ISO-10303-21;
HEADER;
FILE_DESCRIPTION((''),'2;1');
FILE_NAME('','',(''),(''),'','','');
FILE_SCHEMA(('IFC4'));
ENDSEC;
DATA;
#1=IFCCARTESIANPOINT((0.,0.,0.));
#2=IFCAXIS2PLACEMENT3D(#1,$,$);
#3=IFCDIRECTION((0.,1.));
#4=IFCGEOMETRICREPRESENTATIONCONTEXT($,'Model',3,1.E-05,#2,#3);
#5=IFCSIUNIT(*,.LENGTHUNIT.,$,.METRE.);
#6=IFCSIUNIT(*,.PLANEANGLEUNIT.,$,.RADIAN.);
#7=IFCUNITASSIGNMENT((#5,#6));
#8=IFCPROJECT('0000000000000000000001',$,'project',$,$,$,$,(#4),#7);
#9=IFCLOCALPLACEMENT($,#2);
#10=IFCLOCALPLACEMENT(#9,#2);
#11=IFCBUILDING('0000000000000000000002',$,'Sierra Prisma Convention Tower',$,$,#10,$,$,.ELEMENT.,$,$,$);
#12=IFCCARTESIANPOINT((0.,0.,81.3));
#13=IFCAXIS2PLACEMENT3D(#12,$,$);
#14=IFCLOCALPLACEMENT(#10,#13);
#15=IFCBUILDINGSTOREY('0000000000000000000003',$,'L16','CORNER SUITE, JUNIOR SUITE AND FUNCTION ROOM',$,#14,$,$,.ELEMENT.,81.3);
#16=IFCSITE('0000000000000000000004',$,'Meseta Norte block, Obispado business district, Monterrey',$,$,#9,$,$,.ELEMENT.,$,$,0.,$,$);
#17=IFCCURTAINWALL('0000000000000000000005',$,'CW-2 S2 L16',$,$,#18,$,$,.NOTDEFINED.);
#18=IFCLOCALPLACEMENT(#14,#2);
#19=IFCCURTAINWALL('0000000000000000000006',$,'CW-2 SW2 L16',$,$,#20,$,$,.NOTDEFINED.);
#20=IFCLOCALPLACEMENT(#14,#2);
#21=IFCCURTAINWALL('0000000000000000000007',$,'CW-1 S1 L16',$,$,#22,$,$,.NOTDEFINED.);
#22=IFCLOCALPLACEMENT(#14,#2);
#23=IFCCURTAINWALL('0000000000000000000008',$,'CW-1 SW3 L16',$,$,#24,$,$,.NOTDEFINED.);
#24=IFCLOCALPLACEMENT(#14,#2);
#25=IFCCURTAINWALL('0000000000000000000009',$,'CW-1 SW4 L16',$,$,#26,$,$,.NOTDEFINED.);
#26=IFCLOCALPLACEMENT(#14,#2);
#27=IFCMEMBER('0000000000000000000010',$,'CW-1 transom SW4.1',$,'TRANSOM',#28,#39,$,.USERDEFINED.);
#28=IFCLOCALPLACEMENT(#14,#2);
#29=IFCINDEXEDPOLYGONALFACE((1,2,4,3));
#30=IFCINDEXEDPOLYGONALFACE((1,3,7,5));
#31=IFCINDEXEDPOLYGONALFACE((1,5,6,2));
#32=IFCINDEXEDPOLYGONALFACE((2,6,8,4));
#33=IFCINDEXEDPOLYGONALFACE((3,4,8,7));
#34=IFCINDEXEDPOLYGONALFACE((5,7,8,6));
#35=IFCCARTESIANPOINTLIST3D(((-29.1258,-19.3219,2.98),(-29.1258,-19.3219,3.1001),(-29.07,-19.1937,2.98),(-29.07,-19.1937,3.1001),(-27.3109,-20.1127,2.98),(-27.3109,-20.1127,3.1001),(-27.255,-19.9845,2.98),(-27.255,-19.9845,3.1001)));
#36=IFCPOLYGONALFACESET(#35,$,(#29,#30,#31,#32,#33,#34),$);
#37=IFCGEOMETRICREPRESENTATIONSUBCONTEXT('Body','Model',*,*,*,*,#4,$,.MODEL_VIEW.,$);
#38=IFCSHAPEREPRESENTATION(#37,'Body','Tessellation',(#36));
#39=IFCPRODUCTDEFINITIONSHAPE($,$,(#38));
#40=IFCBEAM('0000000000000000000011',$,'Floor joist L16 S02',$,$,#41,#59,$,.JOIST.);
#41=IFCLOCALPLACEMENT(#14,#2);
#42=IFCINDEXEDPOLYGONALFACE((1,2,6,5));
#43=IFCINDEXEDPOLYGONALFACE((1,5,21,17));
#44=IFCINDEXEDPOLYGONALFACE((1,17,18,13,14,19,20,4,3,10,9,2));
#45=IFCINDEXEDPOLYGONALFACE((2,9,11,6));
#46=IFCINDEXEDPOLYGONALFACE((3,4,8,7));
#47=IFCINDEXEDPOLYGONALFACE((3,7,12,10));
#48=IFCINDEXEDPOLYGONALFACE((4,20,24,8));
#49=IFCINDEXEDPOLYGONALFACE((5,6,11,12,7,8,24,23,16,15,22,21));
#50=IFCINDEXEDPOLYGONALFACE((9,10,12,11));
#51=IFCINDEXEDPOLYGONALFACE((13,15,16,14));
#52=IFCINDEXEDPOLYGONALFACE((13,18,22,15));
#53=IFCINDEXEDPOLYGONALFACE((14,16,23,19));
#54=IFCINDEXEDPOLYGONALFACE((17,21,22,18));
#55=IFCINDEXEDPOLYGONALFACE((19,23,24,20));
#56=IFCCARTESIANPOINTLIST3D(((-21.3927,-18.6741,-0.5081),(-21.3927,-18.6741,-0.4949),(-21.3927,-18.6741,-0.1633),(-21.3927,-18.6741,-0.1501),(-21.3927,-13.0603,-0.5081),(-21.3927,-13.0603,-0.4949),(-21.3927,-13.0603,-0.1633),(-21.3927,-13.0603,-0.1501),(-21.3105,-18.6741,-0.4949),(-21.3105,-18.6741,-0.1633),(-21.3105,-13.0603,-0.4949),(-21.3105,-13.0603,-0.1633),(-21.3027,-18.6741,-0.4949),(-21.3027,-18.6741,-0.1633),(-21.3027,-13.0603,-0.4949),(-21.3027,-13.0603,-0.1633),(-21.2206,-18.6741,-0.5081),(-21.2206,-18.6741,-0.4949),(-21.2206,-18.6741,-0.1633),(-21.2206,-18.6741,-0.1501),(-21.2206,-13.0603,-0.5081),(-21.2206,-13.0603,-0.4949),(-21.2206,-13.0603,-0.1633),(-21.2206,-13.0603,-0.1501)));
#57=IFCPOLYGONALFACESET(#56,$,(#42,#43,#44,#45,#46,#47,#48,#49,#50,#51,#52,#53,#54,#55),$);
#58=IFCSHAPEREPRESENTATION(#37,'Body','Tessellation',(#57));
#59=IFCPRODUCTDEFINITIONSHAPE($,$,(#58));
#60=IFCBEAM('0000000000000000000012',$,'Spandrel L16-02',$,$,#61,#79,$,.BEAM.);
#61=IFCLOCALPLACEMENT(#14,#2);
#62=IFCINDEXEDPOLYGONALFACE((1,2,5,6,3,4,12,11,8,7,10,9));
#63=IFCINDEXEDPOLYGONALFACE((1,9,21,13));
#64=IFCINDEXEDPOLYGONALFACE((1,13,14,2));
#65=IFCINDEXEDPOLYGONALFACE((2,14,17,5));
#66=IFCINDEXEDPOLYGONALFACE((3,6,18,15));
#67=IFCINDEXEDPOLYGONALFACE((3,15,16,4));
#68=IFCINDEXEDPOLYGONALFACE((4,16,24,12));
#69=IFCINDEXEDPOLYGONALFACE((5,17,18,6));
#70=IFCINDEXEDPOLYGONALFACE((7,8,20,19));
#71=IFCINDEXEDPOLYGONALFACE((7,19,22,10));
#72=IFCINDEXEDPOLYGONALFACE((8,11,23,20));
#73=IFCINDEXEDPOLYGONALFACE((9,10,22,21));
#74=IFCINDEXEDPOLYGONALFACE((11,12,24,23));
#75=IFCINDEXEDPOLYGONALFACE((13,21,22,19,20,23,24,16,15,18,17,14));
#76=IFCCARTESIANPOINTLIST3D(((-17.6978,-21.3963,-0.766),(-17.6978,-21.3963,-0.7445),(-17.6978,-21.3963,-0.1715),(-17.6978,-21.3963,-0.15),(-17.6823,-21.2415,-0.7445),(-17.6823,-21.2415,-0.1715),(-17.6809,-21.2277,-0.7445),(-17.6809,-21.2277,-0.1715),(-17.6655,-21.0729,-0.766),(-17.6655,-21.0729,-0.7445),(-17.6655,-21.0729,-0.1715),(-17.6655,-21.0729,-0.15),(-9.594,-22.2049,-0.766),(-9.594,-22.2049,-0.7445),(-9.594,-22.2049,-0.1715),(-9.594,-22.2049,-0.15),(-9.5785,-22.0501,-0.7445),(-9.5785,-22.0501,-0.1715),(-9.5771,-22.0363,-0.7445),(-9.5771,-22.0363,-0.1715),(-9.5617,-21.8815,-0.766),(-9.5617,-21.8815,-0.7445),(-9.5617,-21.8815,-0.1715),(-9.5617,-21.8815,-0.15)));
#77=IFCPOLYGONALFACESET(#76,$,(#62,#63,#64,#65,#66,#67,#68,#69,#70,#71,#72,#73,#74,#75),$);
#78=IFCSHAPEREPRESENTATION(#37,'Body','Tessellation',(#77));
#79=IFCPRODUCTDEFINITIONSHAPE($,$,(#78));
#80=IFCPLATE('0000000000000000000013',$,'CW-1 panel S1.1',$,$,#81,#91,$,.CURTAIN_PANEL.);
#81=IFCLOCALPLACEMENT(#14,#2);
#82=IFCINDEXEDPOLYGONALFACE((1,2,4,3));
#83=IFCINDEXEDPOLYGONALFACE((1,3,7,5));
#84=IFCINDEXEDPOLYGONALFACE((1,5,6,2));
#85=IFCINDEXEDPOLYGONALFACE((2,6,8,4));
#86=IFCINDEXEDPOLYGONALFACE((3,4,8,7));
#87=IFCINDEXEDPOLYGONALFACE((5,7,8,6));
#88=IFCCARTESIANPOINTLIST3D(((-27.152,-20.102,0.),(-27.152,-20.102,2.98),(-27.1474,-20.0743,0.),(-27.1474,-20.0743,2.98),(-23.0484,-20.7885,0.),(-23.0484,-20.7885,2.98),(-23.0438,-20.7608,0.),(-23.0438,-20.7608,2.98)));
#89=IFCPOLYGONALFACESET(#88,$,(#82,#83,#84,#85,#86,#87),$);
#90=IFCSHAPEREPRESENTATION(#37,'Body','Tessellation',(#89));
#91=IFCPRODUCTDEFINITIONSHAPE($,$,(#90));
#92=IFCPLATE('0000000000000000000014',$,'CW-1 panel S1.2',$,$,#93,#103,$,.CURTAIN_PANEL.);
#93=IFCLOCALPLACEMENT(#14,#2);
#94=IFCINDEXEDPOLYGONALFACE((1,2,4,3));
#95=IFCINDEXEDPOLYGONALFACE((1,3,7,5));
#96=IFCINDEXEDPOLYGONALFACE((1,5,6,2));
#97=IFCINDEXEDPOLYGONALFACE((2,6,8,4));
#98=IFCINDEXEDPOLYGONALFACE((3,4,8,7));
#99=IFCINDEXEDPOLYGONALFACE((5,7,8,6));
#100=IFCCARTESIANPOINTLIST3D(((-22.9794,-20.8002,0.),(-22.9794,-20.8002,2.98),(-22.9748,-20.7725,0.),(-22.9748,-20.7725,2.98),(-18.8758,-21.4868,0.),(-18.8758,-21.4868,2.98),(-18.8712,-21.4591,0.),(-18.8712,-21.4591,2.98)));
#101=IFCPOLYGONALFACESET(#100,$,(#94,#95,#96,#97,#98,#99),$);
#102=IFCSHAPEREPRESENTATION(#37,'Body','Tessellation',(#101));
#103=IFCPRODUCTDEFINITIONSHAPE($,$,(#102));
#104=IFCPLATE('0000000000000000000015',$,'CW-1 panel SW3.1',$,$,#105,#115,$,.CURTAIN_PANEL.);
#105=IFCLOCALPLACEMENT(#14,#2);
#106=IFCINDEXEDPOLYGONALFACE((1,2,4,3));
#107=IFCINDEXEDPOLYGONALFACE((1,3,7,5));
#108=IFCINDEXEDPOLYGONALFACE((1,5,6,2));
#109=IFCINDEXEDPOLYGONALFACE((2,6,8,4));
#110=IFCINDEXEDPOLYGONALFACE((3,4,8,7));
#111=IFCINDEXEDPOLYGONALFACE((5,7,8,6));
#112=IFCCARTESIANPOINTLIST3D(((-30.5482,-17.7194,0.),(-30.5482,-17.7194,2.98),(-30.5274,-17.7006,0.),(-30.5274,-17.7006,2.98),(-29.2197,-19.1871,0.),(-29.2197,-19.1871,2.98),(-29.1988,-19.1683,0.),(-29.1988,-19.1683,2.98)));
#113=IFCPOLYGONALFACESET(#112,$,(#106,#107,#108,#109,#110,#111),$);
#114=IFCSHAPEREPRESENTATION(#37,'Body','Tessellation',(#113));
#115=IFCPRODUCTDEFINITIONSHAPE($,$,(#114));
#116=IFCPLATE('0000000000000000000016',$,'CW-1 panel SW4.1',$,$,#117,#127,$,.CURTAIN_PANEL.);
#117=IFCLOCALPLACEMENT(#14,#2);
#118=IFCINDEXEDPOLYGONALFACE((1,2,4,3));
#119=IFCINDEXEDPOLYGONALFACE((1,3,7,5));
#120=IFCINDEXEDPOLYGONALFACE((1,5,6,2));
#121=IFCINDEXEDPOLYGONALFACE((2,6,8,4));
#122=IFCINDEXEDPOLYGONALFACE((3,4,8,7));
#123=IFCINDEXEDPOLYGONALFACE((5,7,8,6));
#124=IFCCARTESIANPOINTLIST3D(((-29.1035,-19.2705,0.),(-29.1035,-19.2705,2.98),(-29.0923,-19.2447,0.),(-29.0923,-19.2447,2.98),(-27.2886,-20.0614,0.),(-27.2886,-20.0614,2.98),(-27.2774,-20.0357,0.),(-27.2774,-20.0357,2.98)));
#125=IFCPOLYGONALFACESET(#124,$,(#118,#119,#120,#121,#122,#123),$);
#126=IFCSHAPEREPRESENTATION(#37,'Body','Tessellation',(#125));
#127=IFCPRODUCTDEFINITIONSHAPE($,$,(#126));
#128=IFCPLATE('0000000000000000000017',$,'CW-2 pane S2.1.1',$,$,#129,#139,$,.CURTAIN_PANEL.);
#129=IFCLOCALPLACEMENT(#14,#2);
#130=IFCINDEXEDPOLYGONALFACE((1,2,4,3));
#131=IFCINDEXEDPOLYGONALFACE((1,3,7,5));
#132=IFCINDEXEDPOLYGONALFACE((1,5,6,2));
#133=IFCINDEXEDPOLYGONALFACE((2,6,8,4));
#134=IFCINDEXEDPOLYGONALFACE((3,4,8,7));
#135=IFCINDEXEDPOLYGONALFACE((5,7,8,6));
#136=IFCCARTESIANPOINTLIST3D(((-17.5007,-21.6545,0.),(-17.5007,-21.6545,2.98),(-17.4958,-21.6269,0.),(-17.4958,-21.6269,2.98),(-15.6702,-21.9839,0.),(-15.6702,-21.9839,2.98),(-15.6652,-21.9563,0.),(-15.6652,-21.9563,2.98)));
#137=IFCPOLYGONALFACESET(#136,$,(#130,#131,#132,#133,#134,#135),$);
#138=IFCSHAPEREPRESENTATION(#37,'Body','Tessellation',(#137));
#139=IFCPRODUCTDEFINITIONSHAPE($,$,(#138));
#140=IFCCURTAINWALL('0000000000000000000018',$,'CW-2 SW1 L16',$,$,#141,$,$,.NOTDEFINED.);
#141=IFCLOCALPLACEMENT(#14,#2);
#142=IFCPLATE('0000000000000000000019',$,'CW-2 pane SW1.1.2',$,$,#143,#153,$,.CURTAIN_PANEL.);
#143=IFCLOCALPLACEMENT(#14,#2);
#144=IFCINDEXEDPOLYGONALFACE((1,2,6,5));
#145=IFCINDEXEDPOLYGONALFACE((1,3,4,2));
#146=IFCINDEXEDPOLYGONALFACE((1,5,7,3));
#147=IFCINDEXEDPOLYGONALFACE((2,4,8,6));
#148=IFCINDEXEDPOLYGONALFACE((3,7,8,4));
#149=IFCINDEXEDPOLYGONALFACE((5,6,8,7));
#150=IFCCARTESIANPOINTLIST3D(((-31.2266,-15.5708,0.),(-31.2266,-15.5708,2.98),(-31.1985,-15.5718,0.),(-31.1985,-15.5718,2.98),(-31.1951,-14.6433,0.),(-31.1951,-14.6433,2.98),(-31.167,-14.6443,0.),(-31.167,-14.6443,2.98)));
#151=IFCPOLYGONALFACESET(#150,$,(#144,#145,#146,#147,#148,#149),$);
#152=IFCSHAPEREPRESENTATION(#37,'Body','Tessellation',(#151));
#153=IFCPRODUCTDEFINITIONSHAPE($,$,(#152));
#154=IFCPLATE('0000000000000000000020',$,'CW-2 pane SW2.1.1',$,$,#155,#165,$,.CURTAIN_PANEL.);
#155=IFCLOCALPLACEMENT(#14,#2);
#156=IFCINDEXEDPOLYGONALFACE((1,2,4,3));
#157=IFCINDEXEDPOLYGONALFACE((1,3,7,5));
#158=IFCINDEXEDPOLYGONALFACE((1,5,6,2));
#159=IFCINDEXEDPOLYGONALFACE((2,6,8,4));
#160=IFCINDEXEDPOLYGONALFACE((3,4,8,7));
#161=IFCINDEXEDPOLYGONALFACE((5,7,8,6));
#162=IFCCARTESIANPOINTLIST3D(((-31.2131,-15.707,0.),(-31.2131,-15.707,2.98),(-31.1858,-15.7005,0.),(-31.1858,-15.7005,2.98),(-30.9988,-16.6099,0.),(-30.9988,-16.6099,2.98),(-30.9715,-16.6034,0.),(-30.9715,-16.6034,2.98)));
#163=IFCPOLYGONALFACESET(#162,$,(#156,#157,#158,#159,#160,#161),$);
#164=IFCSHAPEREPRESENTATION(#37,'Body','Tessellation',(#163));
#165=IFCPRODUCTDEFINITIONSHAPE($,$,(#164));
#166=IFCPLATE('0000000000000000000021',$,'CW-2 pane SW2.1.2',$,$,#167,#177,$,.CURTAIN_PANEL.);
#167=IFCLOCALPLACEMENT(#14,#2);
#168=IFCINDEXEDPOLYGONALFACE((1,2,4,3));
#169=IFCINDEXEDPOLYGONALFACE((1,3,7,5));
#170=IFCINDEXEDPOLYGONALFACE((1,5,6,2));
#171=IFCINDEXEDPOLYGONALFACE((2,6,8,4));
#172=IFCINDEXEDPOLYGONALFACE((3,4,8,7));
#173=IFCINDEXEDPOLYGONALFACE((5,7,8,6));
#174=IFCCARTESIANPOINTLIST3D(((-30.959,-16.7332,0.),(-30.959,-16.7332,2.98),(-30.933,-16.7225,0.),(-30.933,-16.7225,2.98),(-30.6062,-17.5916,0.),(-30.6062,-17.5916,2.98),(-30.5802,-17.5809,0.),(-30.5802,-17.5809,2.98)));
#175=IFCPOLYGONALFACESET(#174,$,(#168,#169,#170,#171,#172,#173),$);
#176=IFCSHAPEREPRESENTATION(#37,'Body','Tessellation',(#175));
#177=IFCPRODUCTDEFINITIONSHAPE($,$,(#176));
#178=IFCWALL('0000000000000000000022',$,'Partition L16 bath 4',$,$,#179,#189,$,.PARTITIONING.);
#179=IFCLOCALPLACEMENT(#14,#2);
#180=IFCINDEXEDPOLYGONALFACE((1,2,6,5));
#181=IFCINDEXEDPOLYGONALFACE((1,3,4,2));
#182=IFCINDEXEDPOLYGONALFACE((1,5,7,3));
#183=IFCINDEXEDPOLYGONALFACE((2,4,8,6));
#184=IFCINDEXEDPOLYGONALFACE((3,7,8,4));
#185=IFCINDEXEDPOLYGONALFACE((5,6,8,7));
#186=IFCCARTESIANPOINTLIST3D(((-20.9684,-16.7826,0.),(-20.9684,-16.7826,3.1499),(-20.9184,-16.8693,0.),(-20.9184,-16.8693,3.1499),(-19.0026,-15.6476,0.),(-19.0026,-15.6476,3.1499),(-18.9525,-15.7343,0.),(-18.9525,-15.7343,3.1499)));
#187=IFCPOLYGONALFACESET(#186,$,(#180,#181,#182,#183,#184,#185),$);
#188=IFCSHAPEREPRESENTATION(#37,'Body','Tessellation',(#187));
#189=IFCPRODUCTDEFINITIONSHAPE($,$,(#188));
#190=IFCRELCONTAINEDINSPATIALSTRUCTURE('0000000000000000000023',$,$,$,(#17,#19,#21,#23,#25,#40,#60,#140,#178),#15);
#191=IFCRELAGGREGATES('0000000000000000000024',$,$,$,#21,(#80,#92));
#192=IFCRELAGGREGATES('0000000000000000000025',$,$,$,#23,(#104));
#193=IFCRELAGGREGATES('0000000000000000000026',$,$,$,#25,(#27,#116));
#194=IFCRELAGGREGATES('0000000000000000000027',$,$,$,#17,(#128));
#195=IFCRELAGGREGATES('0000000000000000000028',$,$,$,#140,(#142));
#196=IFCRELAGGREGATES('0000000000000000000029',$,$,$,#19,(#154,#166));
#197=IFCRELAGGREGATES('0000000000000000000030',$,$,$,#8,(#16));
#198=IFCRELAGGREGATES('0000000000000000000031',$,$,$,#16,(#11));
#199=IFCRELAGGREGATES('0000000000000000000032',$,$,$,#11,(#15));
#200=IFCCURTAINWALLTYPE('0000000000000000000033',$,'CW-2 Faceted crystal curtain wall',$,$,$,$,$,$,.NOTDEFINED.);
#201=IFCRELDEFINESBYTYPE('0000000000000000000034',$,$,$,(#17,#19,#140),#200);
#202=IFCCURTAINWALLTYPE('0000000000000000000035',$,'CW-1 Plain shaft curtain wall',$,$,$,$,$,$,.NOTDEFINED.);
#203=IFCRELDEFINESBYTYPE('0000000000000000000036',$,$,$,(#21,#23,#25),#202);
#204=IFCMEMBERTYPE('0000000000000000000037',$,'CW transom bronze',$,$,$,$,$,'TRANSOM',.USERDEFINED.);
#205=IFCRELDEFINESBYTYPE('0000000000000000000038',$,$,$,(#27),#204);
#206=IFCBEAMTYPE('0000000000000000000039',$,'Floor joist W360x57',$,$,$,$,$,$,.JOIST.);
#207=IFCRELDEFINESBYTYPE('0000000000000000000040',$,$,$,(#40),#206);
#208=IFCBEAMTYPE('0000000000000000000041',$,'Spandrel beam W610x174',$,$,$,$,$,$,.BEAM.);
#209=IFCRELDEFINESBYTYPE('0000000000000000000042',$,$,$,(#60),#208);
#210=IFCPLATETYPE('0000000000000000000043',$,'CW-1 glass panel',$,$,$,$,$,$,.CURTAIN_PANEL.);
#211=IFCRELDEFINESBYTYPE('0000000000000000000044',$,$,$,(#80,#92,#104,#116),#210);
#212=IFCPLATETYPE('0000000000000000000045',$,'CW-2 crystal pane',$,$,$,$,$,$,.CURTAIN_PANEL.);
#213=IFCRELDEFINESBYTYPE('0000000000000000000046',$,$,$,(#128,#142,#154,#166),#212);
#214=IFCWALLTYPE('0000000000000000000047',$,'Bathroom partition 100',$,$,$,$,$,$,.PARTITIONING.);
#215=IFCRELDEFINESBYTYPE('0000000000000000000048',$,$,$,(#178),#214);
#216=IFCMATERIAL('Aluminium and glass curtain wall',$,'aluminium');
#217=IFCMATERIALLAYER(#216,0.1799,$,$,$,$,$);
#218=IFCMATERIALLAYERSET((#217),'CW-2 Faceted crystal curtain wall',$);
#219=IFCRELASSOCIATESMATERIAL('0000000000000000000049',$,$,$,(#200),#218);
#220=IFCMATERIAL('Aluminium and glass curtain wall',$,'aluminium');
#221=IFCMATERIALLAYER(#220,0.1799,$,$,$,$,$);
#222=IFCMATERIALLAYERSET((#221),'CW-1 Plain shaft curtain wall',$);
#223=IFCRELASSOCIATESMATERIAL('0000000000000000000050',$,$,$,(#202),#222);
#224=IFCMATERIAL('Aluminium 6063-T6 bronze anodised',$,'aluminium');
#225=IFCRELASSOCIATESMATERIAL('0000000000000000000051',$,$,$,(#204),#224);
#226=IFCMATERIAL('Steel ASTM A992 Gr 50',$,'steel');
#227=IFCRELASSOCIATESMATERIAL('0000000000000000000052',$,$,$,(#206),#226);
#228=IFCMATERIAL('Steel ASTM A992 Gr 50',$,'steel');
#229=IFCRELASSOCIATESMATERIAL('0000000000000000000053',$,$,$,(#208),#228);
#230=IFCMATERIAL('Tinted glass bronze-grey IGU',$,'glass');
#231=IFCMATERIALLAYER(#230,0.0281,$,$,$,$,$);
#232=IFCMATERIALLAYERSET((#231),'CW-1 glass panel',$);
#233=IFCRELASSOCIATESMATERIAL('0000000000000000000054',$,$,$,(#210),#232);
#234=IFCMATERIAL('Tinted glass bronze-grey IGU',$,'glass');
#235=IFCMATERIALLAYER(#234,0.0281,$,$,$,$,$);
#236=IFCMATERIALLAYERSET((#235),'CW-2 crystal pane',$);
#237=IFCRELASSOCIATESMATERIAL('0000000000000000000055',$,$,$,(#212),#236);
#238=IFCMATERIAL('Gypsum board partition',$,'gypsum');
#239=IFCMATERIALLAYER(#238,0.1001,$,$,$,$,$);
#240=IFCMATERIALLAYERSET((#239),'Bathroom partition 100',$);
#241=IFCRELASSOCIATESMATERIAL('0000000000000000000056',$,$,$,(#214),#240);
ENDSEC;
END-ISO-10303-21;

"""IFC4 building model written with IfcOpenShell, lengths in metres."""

from ifc_helpers import new_model, si_unit, direction, frame, frame_2d, origin, origin_2d, place, context, subcontext, project, spatial, polyline, rectangle, i_section, outline, extrude, material, layer, layer_set, material_profile, profile_set, type_object, element, aggregate, save


model = new_model("IFC4")

# Units and contexts
model_context = context("Model", 3, precision=1e-05, world=origin(), true_north=direction((0.0, 1.0)))
body_context = subcontext(model_context, "Body", "Model", "MODEL_VIEW")
ifc_project = project(units=[si_unit("LENGTHUNIT", "METRE"), si_unit("PLANEANGLEUNIT", "RADIAN")], contexts=[model_context])

# Site, building, storey
site_placement = place(None, origin())
site = spatial("IfcSite", under=ifc_project, at=site_placement, Name="Meseta Norte block, Obispado business district, Monterrey", CompositionType="ELEMENT", RefElevation=0.0)
building_placement = place(site_placement, origin())
building = spatial("IfcBuilding", under=site, at=building_placement, Name="Sierra Prisma Convention Tower", CompositionType="ELEMENT")
storey_placement = place(building_placement, frame((0.0, 0.0, 81.3)))
storey = spatial("IfcBuildingStorey", under=building, at=storey_placement, Name="L16", Description="CORNER SUITE, JUNIOR SUITE AND FUNCTION ROOM", CompositionType="ELEMENT", Elevation=81.3)

# Curtain walls
ifc_material_1 = material(Name="Aluminium and glass curtain wall", Category="aluminium")
ifc_layer_1 = layer(ifc_material_1, 0.1799)
ifc_layer_set_1 = layer_set([ifc_layer_1], Name="CW-2 Faceted crystal curtain wall")
curtain_wall_type_1 = type_object("IfcCurtainWallType", Name="CW-2 Faceted crystal curtain wall", PredefinedType="NOTDEFINED", material=ifc_layer_set_1)
curtain_wall_1_placement = place(storey_placement, origin())
curtain_wall_1 = element("IfcCurtainWall", 1, at=curtain_wall_1_placement, inside=storey, type_object=curtain_wall_type_1, Name="CW-2 S2 L16", PredefinedType="NOTDEFINED")
curtain_wall_2_placement = place(storey_placement, origin())
curtain_wall_2 = element("IfcCurtainWall", 2, at=curtain_wall_2_placement, inside=storey, type_object=curtain_wall_type_1, Name="CW-2 SW2 L16", PredefinedType="NOTDEFINED")

# Curtain wall
ifc_material_2 = material(Name="Aluminium and glass curtain wall", Category="aluminium")
ifc_layer_2 = layer(ifc_material_2, 0.1799)
ifc_layer_set_2 = layer_set([ifc_layer_2], Name="CW-1 Plain shaft curtain wall")
curtain_wall_type_2 = type_object("IfcCurtainWallType", Name="CW-1 Plain shaft curtain wall", PredefinedType="NOTDEFINED", material=ifc_layer_set_2)
curtain_wall_3_placement = place(storey_placement, origin())
curtain_wall_3 = element("IfcCurtainWall", 3, at=curtain_wall_3_placement, inside=storey, type_object=curtain_wall_type_2, Name="CW-1 S1 L16", PredefinedType="NOTDEFINED")

# Curtain walls
curtain_wall_4_placement = place(storey_placement, origin())
curtain_wall_4 = element("IfcCurtainWall", 4, at=curtain_wall_4_placement, inside=storey, type_object=curtain_wall_type_2, Name="CW-1 SW3 L16", PredefinedType="NOTDEFINED")
curtain_wall_5_placement = place(storey_placement, origin())
curtain_wall_5 = element("IfcCurtainWall", 5, at=curtain_wall_5_placement, inside=storey, type_object=curtain_wall_type_2, Name="CW-1 SW4 L16", PredefinedType="NOTDEFINED")

# Member
ifc_material_3 = material(Name="Aluminium 6063-T6 bronze anodised", Category="aluminium")
ifc_material_profile_1 = material_profile(ifc_material_3, rectangle(XDim=0.1399, YDim=0.1201, at=origin_2d()), Name="ALU TRANSOM 120x140")
ifc_profile_set_1 = profile_set([ifc_material_profile_1], Name="Aluminium 6063-T6 bronze anodised")
member_type_1 = type_object("IfcMemberType", Name="CW transom bronze", ElementType="TRANSOM", PredefinedType="USERDEFINED", material=ifc_profile_set_1)
member_1_placement = place(storey_placement, frame((-29.0979, -19.2578, 3.04), z_axis=(0.916762, -0.399434, 0.0), x_axis=(0.399434, 0.916762, 0.0)))
member_1 = element("IfcMember", 6, at=member_1_placement, type_object=member_type_1, Name="CW-1 transom SW4.1", ObjectType="TRANSOM", PredefinedType="USERDEFINED", context=body_context, shape_type="SweptSolid", body=[
    extrude(rectangle(XDim=0.1399, YDim=0.1201, at=origin_2d()), origin(), (0.0, 0.0, 1.0), 1.9797),
])

# Beams
ifc_material_4 = material(Name="Steel ASTM A992 Gr 50", Category="steel")
ifc_material_profile_2 = material_profile(ifc_material_4, i_section(OverallWidth=0.1721, OverallDepth=0.3579, WebThickness=0.0078, FlangeThickness=0.0132, at=origin_2d()), Name="W360x57")
ifc_profile_set_2 = profile_set([ifc_material_profile_2], Name="Steel ASTM A992 Gr 50")
beam_type_1 = type_object("IfcBeamType", Name="Floor joist W360x57", PredefinedType="JOIST", material=ifc_profile_set_2)
beam_1_placement = place(storey_placement, frame((-21.3066, -18.6741, -0.3291), z_axis=(0.0, 1.0, 0.0), x_axis=(-1.0, 0.0, 0.0)))
element("IfcBeam", 7, at=beam_1_placement, inside=storey, type_object=beam_type_1, Name="Floor joist L16 S02", PredefinedType="JOIST", context=body_context, shape_type="SweptSolid", body=[
    extrude(i_section(OverallWidth=0.1721, OverallDepth=0.3579, WebThickness=0.0078, FlangeThickness=0.0132, at=origin_2d()), origin(), (0.0, 0.0, 1.0), 5.6138),
])
ifc_material_5 = material(Name="Steel ASTM A992 Gr 50", Category="steel")
ifc_material_profile_3 = material_profile(ifc_material_5, i_section(OverallWidth=0.325, OverallDepth=0.616, WebThickness=0.0139, FlangeThickness=0.0215, at=origin_2d()), Name="W610x174")
ifc_profile_set_3 = profile_set([ifc_material_profile_3], Name="Steel ASTM A992 Gr 50")
beam_type_2 = type_object("IfcBeamType", Name="Spandrel beam W610x174", PredefinedType="BEAM", material=ifc_profile_set_3)
beam_2_placement = place(storey_placement, frame((-17.6816, -21.2346, -0.458), z_axis=(0.995059, -0.099287, 0.0), x_axis=(0.099287, 0.995059, 0.0)))
element("IfcBeam", 8, at=beam_2_placement, inside=storey, type_object=beam_type_2, Name="Spandrel L16-02", PredefinedType="BEAM", context=body_context, shape_type="SweptSolid", body=[
    extrude(i_section(OverallWidth=0.325, OverallDepth=0.616, WebThickness=0.0139, FlangeThickness=0.0215, at=origin_2d()), origin(), (0.0, 0.0, 1.0), 8.144),
])

# Plates
ifc_material_6 = material(Name="Tinted glass bronze-grey IGU", Category="glass")
ifc_layer_3 = layer(ifc_material_6, 0.0281)
ifc_layer_set_3 = layer_set([ifc_layer_3], Name="CW-1 glass panel")
plate_type_1 = type_object("IfcPlateType", Name="CW-1 glass panel", PredefinedType="CURTAIN_PANEL", material=ifc_layer_set_3)
plate_1_placement = place(storey_placement, frame((-25.0979, -20.4314, 0.0), z_axis=(0.0, 0.0, 1.0), x_axis=(0.986292, -0.165012, 0.0)))
plate_1 = element("IfcPlate", 9, at=plate_1_placement, type_object=plate_type_1, Name="CW-1 panel S1.1", PredefinedType="CURTAIN_PANEL", context=body_context, shape_type="SweptSolid", body=[
    extrude(rectangle(XDim=4.1606, YDim=0.0281, at=origin_2d()), origin(), (0.0, 0.0, 1.0), 2.98),
])
plate_2_placement = place(storey_placement, frame((-20.9253, -21.1296, 0.0), z_axis=(0.0, 0.0, 1.0), x_axis=(0.986292, -0.165012, 0.0)))
plate_2 = element("IfcPlate", 10, at=plate_2_placement, type_object=plate_type_1, Name="CW-1 panel S1.2", PredefinedType="CURTAIN_PANEL", context=body_context, shape_type="SweptSolid", body=[
    extrude(rectangle(XDim=4.1606, YDim=0.0281, at=origin_2d()), origin(), (0.0, 0.0, 1.0), 2.98),
])
aggregate(curtain_wall_3, [plate_1, plate_2])
plate_3_placement = place(storey_placement, frame((-29.8735, -18.4438, 0.0), z_axis=(0.0, 0.0, 1.0), x_axis=(0.671082, -0.741383, 0.0)))
plate_3 = element("IfcPlate", 11, at=plate_3_placement, type_object=plate_type_1, Name="CW-1 panel SW3.1", PredefinedType="CURTAIN_PANEL", context=body_context, shape_type="SweptSolid", body=[
    extrude(rectangle(XDim=1.9797, YDim=0.0281, at=origin_2d()), origin(), (0.0, 0.0, 1.0), 2.98),
])
aggregate(curtain_wall_4, [plate_3])
plate_4_placement = place(storey_placement, frame((-28.1904, -19.6531, 0.0), z_axis=(0.0, 0.0, 1.0), x_axis=(0.916725, -0.39952, 0.0)))
plate_4 = element("IfcPlate", 12, at=plate_4_placement, type_object=plate_type_1, Name="CW-1 panel SW4.1", PredefinedType="CURTAIN_PANEL", context=body_context, shape_type="SweptSolid", body=[
    extrude(rectangle(XDim=1.9797, YDim=0.0281, at=origin_2d()), origin(), (0.0, 0.0, 1.0), 2.98),
])
aggregate(curtain_wall_5, [member_1, plate_4])
ifc_material_7 = material(Name="Tinted glass bronze-grey IGU", Category="glass")
ifc_layer_4 = layer(ifc_material_7, 0.0281)
ifc_layer_set_4 = layer_set([ifc_layer_4], Name="CW-2 crystal pane")
plate_type_2 = type_object("IfcPlateType", Name="CW-2 crystal pane", PredefinedType="CURTAIN_PANEL", material=ifc_layer_set_4)
plate_5_placement = place(storey_placement, frame((-17.5007, -21.6545, 0.0), z_axis=(-0.177072, -0.984198, 0.0), x_axis=(0.984198, -0.177072, 0.0)))
plate_5 = element("IfcPlate", 13, at=plate_5_placement, type_object=plate_type_2, Name="CW-2 pane S2.1.1", PredefinedType="CURTAIN_PANEL", context=body_context, shape_type="SweptSolid", body=[
    extrude(outline(polyline([(0.0, 0.0), (1.86, 0.0), (1.86, 2.98), (0.0, 2.98), (0.0, 0.0)])), origin(), (0.0, 0.0, -1.0), 0.0281),
])
aggregate(curtain_wall_1, [plate_5])

# Curtain wall, plate
curtain_wall_6_placement = place(storey_placement, origin())
curtain_wall_6 = element("IfcCurtainWall", 14, at=curtain_wall_6_placement, inside=storey, type_object=curtain_wall_type_1, Name="CW-2 SW1 L16", PredefinedType="NOTDEFINED")
plate_6_placement = place(storey_placement, frame((-31.2266, -15.5708, 0.0), z_axis=(-0.999424, 0.033937, 0.0), x_axis=(0.033937, 0.999424, 0.0)))
plate_6 = element("IfcPlate", 15, at=plate_6_placement, type_object=plate_type_2, Name="CW-2 pane SW1.1.2", PredefinedType="CURTAIN_PANEL", context=body_context, shape_type="SweptSolid", body=[
    extrude(outline(polyline([(0.0, 0.0), (0.928, 0.0), (0.928, -2.98), (0.0, -2.98), (0.0, 0.0)])), origin(), (0.0, 0.0, -1.0), 0.0281),
])
aggregate(curtain_wall_6, [plate_6])

# Plates
plate_7_placement = place(storey_placement, frame((-31.2131, -15.707, 0.0), z_axis=(-0.972953, -0.231004, 0.0), x_axis=(0.231004, -0.972953, 0.0)))
plate_7 = element("IfcPlate", 16, at=plate_7_placement, type_object=plate_type_2, Name="CW-2 pane SW2.1.1", PredefinedType="CURTAIN_PANEL", context=body_context, shape_type="SweptSolid", body=[
    extrude(outline(polyline([(0.0, 0.0), (0.9279, 0.0), (0.9279, 2.98), (0.0, 2.98), (0.0, 0.0)])), origin(), (0.0, 0.0, -1.0), 0.0281),
])
plate_8_placement = place(storey_placement, frame((-30.6062, -17.5916, 0.0), z_axis=(-0.924934, -0.380128, 0.0), x_axis=(-0.380128, 0.924934, 0.0)))
plate_8 = element("IfcPlate", 17, at=plate_8_placement, type_object=plate_type_2, Name="CW-2 pane SW2.1.2", PredefinedType="CURTAIN_PANEL", context=body_context, shape_type="SweptSolid", body=[
    extrude(outline(polyline([(0.0, 0.0), (0.9281, 0.0), (0.9281, -2.98), (0.0, -2.98), (0.0, 0.0)])), origin(), (0.0, 0.0, -1.0), 0.0281),
])
aggregate(curtain_wall_2, [plate_7, plate_8])

# Wall
ifc_material_8 = material(Name="Gypsum board partition", Category="gypsum")
ifc_layer_5 = layer(ifc_material_8, 0.1001)
ifc_layer_set_5 = layer_set([ifc_layer_5], Name="Bathroom partition 100")
wall_type_1 = type_object("IfcWallType", Name="Bathroom partition 100", PredefinedType="PARTITIONING", material=ifc_layer_set_5)
wall_1_placement = place(storey_placement, frame((-18.9775, -15.6909, 0.0), z_axis=(0.0, 0.0, 1.0), x_axis=(-0.866017, -0.500014, 0.0)))
element("IfcWall", 18, at=wall_1_placement, inside=storey, type_object=wall_type_1, Name="Partition L16 bath 4", PredefinedType="PARTITIONING", context=body_context, shape_type="SweptSolid", body=[
    extrude(rectangle(XDim=2.27, YDim=0.1001, at=frame_2d((1.135, 0.0))), origin(), (0.0, 0.0, 1.0), 3.1499),
])

save(model, "model.ifc")
